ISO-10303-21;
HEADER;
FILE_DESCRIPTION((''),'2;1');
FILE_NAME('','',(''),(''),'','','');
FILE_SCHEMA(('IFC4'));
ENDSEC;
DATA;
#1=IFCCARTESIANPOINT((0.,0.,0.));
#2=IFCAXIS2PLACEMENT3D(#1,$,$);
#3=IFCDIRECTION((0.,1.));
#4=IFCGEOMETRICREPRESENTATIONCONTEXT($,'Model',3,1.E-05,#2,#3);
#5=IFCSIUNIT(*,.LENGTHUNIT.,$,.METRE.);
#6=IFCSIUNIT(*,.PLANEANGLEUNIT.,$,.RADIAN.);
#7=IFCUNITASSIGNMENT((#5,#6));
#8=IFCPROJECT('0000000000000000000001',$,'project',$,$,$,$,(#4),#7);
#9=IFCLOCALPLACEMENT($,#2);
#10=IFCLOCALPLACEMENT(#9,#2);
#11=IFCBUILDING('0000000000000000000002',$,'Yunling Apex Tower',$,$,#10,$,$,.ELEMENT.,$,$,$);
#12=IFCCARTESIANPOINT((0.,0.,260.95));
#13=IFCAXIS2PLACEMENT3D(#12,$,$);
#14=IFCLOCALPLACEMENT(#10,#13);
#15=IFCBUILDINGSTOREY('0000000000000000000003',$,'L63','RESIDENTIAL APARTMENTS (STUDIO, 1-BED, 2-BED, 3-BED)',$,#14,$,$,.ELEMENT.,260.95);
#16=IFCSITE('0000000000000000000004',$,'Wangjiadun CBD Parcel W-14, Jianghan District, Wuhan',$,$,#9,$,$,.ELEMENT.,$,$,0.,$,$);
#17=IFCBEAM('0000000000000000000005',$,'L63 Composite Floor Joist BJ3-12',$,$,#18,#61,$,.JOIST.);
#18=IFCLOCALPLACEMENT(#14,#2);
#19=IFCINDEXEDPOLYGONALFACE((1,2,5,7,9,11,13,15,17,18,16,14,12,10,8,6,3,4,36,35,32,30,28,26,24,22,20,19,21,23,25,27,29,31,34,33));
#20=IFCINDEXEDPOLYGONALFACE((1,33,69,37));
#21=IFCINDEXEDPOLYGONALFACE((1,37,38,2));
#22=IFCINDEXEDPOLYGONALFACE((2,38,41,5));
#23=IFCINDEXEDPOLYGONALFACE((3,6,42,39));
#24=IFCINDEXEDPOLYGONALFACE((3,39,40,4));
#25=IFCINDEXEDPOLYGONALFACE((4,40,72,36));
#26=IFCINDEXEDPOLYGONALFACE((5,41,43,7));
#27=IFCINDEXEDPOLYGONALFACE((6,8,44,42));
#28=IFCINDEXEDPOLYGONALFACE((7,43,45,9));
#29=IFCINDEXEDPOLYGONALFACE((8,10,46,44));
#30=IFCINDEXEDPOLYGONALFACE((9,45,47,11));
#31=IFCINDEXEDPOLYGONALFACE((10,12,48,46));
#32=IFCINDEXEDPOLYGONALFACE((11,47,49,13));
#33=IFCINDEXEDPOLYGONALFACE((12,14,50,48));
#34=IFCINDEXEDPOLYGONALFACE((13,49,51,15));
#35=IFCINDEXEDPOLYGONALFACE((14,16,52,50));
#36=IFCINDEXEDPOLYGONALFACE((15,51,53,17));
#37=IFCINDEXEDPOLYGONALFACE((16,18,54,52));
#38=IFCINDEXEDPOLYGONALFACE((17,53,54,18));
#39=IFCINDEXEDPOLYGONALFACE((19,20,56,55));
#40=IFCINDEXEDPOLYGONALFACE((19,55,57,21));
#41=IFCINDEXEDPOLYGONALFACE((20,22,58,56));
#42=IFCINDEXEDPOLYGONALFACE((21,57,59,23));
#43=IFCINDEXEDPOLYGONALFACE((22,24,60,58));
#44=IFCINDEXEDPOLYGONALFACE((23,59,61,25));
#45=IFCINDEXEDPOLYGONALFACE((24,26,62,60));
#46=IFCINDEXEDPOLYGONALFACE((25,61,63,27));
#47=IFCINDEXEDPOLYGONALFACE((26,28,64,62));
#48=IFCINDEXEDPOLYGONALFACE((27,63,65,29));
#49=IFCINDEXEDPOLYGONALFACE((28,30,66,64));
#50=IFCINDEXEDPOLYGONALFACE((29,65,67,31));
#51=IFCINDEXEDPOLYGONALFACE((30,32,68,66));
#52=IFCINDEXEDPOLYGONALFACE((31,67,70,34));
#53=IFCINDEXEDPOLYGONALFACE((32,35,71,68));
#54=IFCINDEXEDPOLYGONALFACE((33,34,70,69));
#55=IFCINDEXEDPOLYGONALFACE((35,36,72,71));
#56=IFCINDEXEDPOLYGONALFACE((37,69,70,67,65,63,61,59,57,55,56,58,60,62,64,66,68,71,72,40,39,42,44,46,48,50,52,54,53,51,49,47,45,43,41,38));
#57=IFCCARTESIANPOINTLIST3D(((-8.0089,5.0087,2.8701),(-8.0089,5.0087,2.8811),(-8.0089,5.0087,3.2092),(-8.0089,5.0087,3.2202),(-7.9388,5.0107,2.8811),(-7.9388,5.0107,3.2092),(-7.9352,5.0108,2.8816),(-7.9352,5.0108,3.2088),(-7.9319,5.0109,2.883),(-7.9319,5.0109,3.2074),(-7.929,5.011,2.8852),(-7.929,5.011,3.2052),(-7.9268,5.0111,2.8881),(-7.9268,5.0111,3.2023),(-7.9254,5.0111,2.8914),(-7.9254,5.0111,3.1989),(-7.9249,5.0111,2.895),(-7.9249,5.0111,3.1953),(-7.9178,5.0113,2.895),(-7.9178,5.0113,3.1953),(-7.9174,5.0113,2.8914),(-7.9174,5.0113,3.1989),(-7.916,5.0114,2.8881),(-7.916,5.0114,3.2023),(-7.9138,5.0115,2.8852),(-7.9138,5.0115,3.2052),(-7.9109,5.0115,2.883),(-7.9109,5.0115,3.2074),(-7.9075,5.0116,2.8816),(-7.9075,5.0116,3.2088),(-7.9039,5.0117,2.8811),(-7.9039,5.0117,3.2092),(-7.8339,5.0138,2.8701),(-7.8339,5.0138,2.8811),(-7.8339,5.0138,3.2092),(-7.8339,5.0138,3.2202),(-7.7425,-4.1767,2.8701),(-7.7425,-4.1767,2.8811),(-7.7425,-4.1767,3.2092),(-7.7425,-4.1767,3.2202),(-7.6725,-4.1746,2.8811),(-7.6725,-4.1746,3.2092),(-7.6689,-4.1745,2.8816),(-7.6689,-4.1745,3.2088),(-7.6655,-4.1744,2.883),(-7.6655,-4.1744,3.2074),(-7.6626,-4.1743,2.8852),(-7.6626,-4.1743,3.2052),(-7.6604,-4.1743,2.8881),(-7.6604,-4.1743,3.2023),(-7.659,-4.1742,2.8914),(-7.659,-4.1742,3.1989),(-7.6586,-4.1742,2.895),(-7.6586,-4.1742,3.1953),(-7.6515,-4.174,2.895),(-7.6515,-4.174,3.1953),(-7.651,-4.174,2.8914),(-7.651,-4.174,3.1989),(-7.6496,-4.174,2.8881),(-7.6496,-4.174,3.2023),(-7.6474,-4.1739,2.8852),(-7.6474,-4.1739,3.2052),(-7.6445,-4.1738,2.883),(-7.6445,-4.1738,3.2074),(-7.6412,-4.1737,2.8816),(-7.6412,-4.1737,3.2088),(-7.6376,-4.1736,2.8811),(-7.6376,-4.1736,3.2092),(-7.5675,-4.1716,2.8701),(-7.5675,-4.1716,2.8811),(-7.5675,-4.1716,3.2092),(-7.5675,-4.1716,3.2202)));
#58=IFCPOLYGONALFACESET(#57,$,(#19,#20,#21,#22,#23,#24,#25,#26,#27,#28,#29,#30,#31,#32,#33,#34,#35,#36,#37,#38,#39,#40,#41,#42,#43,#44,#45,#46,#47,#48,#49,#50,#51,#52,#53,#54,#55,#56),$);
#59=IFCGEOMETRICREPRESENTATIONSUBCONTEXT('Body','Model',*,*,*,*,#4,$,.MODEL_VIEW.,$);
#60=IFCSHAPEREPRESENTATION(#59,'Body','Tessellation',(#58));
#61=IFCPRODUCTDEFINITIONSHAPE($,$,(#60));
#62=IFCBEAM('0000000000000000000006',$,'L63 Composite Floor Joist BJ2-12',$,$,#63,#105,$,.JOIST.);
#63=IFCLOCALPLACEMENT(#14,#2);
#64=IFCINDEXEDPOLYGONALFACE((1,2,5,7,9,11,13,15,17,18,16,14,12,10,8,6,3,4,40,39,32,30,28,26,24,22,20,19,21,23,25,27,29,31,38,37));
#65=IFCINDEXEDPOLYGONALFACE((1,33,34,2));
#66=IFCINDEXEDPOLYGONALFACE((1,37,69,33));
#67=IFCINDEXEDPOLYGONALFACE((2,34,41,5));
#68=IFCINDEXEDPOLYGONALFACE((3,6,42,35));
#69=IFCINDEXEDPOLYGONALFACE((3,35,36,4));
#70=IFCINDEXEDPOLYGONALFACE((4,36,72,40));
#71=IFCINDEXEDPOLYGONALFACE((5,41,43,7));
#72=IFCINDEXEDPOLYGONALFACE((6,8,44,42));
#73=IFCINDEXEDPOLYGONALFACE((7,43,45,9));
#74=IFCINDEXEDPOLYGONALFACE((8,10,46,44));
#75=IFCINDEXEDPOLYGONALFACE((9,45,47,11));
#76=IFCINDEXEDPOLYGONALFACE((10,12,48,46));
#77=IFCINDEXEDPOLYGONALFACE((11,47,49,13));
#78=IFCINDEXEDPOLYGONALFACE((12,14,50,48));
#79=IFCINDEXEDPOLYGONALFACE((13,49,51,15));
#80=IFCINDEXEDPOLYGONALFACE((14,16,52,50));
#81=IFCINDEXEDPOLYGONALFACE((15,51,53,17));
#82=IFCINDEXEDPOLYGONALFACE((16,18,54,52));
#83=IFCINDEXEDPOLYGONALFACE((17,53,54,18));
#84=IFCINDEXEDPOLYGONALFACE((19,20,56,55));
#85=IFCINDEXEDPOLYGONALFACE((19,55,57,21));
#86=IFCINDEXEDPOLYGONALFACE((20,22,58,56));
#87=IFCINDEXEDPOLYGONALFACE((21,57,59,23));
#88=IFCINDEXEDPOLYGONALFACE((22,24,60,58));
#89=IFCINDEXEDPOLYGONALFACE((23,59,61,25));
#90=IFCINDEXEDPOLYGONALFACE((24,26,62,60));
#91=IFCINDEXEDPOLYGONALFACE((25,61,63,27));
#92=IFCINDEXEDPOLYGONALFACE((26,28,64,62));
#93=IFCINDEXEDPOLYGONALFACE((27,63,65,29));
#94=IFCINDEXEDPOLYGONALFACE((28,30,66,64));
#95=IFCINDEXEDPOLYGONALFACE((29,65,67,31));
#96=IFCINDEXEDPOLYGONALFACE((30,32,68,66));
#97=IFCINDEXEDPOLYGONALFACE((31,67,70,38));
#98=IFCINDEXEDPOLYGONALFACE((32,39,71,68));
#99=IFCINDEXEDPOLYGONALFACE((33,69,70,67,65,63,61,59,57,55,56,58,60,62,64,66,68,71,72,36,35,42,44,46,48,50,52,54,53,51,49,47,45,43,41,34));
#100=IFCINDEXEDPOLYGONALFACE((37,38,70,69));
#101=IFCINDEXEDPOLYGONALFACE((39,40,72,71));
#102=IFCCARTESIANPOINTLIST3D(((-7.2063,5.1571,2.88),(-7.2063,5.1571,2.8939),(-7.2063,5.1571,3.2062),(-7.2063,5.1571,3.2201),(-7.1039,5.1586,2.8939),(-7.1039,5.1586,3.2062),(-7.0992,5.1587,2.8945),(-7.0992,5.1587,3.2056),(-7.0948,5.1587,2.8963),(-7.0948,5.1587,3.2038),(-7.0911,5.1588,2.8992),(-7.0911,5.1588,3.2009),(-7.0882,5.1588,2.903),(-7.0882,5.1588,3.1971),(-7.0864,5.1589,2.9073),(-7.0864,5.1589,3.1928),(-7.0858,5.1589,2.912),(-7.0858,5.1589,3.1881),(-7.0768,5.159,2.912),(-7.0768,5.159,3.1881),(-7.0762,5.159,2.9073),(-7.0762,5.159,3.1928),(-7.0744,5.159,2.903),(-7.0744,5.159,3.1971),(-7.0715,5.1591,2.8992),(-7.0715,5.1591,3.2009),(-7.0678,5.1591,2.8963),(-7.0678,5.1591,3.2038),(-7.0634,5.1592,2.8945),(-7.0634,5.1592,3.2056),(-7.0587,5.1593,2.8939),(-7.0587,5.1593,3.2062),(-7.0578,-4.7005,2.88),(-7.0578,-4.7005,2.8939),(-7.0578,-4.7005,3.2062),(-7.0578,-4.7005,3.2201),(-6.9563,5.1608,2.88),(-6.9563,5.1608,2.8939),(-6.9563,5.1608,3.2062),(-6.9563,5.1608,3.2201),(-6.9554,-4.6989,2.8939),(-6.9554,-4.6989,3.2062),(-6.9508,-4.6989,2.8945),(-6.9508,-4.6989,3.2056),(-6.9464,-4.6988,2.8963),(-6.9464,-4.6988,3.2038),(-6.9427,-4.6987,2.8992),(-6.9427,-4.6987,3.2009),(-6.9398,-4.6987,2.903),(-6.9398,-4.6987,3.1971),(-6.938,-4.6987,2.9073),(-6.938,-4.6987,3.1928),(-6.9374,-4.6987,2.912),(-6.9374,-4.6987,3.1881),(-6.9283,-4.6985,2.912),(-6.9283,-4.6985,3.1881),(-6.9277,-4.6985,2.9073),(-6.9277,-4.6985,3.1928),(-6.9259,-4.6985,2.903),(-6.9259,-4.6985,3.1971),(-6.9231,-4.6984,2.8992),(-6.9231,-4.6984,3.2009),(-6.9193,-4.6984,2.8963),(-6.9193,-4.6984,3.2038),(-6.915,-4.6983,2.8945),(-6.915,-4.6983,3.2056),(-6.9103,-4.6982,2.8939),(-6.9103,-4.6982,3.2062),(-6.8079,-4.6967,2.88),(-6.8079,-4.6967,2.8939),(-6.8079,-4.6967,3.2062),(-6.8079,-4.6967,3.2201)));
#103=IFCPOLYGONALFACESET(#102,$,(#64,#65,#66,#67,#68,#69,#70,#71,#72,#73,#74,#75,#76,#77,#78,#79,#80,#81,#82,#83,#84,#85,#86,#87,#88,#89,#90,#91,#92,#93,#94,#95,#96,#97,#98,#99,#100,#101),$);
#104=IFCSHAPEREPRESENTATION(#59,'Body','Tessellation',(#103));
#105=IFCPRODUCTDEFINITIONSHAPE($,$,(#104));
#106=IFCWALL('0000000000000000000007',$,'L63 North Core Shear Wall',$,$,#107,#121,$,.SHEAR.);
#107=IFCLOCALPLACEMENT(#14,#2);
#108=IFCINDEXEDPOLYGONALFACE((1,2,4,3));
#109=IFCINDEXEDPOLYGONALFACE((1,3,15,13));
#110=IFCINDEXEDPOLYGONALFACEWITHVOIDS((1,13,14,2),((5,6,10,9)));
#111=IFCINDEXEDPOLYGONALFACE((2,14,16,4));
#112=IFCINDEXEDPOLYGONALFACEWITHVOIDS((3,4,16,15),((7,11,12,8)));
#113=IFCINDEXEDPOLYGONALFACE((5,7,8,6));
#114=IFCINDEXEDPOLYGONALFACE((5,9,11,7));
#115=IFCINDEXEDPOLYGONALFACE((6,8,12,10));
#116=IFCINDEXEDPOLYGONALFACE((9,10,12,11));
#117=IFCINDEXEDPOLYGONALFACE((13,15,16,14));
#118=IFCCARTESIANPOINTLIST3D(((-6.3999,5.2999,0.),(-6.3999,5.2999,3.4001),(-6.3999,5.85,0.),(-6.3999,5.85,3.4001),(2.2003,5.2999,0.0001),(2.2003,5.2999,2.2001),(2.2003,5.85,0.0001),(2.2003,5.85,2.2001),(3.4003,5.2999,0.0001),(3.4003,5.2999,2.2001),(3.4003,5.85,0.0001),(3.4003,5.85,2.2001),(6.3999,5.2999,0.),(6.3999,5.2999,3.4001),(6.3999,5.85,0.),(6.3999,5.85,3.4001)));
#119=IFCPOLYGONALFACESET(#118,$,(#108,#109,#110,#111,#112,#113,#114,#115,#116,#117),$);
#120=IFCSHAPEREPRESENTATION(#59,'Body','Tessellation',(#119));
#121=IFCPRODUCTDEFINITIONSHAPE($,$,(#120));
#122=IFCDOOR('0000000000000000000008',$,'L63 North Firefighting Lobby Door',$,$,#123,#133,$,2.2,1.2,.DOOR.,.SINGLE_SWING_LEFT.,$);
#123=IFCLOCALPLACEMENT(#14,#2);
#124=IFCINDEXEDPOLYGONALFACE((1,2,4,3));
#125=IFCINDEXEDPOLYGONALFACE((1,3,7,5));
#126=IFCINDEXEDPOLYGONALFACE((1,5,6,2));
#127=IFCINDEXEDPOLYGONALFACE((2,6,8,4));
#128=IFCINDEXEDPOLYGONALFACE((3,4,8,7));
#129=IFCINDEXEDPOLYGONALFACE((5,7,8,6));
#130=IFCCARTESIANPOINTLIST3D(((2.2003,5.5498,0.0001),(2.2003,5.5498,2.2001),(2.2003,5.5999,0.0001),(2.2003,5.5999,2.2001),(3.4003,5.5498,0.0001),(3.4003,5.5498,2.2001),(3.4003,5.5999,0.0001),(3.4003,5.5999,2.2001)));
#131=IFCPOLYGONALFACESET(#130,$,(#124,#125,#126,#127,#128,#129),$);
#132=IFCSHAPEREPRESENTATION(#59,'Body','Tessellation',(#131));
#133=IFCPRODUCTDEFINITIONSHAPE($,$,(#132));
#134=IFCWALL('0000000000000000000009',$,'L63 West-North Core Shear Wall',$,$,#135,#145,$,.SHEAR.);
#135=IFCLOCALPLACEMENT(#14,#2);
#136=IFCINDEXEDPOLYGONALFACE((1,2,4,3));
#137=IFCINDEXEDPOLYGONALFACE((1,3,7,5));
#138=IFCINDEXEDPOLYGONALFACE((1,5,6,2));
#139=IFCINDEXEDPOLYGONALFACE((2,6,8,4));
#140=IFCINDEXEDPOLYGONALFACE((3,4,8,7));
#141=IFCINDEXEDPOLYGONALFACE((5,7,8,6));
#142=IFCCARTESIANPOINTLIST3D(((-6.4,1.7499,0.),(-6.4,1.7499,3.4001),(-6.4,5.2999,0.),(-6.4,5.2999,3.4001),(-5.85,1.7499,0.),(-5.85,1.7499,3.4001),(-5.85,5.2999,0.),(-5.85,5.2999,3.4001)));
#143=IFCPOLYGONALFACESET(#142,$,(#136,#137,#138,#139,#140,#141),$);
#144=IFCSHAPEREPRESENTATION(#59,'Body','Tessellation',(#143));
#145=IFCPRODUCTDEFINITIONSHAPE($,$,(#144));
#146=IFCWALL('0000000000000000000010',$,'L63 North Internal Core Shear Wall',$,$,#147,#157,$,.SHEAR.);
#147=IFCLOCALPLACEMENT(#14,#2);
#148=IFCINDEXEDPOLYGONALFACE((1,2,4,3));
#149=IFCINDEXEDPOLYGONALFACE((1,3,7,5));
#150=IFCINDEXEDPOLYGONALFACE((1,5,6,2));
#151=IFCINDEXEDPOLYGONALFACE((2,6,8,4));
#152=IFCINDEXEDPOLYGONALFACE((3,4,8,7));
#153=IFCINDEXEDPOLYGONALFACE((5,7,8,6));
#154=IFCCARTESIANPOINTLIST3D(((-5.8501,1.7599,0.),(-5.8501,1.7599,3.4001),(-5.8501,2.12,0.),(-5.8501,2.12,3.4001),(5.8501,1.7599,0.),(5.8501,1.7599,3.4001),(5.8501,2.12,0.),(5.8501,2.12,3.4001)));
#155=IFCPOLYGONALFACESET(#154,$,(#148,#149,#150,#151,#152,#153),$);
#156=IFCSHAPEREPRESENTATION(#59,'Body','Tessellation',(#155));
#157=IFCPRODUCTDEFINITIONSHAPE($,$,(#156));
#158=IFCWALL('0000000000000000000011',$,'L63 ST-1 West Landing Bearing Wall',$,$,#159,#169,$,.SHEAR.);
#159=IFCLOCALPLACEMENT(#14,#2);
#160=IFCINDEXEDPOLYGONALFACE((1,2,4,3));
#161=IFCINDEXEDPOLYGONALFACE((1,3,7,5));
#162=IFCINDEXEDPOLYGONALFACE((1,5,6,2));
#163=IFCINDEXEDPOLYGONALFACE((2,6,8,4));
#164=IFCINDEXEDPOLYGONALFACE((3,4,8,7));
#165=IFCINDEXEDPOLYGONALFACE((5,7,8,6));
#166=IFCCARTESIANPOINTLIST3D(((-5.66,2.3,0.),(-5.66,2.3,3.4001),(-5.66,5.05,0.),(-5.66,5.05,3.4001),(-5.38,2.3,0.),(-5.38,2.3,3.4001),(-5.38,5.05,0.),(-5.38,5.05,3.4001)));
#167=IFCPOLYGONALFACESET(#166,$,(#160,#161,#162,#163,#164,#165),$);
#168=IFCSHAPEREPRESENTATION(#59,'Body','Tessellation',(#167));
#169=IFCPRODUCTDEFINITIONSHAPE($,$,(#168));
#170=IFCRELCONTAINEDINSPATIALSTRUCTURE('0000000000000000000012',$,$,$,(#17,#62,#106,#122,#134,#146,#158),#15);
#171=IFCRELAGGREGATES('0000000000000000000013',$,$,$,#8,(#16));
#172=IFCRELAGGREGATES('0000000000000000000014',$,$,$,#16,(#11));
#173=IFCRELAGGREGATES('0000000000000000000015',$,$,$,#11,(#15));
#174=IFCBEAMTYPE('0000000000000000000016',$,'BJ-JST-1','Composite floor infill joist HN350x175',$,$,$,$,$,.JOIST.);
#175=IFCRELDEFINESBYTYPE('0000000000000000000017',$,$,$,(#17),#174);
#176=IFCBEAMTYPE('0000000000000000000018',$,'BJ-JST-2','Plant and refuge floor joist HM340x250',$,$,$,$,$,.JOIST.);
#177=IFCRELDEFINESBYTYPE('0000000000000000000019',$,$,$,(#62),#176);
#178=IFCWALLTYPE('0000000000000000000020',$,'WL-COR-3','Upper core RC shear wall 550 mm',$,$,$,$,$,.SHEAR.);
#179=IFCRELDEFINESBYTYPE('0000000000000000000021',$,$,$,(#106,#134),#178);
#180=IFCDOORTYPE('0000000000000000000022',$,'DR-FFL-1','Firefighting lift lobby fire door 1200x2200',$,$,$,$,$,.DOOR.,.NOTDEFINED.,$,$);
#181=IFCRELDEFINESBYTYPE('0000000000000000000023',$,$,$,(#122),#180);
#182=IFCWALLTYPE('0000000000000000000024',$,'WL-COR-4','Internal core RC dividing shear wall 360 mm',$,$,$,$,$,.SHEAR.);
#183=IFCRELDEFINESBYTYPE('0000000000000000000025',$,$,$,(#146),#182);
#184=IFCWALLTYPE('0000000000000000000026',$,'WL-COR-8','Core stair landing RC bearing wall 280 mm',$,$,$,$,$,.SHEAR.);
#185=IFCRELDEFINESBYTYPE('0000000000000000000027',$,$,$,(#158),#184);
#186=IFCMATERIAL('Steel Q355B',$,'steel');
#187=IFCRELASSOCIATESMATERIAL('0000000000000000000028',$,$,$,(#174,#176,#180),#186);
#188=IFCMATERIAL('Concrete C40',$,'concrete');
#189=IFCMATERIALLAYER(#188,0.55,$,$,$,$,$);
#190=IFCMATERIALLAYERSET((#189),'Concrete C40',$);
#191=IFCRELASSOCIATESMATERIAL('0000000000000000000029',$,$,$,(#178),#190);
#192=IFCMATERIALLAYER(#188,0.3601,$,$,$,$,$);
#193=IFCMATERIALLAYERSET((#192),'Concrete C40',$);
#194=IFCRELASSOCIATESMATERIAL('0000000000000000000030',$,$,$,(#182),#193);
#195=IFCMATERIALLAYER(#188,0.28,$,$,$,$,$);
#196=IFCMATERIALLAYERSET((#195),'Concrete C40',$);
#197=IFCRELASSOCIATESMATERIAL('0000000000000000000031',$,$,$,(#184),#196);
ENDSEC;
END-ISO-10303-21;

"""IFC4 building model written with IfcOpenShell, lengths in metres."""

from ifc_helpers import new_model, si_unit, direction, frame, frame_2d, origin, origin_2d, place, context, subcontext, project, spatial, rectangle, i_section, extrude, source, transform, mapped, material, layer, layer_set, material_profile, profile_set, type_object, element, fill, save


model = new_model("IFC4")

# Units and contexts
model_context = context("Model", 3, precision=1e-05, world=origin(), true_north=direction((0.0, 1.0)))
body_context = subcontext(model_context, "Body", "Model", "MODEL_VIEW")
ifc_project = project(units=[si_unit("LENGTHUNIT", "METRE"), si_unit("PLANEANGLEUNIT", "RADIAN")], contexts=[model_context])

# Site, building, storey
site_placement = place(None, origin())
site = spatial("IfcSite", under=ifc_project, at=site_placement, Name="Wangjiadun CBD Parcel W-14, Jianghan District, Wuhan", CompositionType="ELEMENT", RefElevation=0.0)
building_placement = place(site_placement, origin())
building = spatial("IfcBuilding", under=site, at=building_placement, Name="Yunling Apex Tower", CompositionType="ELEMENT")
storey_placement = place(building_placement, frame((0.0, 0.0, 260.95)))
storey = spatial("IfcBuildingStorey", under=building, at=storey_placement, Name="L63", Description="RESIDENTIAL APARTMENTS (STUDIO, 1-BED, 2-BED, 3-BED)", CompositionType="ELEMENT", Elevation=260.95)

# Beams
ifc_material_1 = material(Name="Steel Q355B", Category="steel")
ifc_material_profile_1 = material_profile(ifc_material_1, i_section(OverallWidth=0.175, OverallDepth=0.3501, WebThickness=0.0071, FlangeThickness=0.011, FilletRadius=0.0139, at=origin_2d()))
ifc_profile_set_1 = profile_set([ifc_material_profile_1], Name="Steel Q355B")
beam_type_1 = type_object("IfcBeamType", Name="BJ-JST-1", Description="Composite floor infill joist HN350x175", PredefinedType="JOIST", material=ifc_profile_set_1)
shared_shape_1 = source(origin(), body_context, "Body", "SweptSolid", [
    extrude(i_section(OverallWidth=0.175, OverallDepth=0.3501, WebThickness=0.0071, FlangeThickness=0.011, FilletRadius=0.0139, at=origin_2d()), origin(), (0.0, 0.0, 1.0), 9.1892),
])
beam_1_placement = place(storey_placement, frame((-7.9214, 5.0112, 3.0452), z_axis=(0.028986, -0.99958, 0.0), x_axis=(0.99958, 0.028986, 0.0)))
element("IfcBeam", 1, at=beam_1_placement, inside=storey, type_object=beam_type_1, Name="L63 Composite Floor Joist BJ3-12", PredefinedType="JOIST", context=body_context, shape_type="MappedRepresentation", body=[
    mapped(shared_shape_1, transform((0.0, 0.0, 0.0), scale=1.0)),
])
ifc_material_profile_2 = material_profile(ifc_material_1, i_section(OverallWidth=0.25, OverallDepth=0.3401, WebThickness=0.009, FlangeThickness=0.0139, FilletRadius=0.0181, at=origin_2d()))
ifc_profile_set_2 = profile_set([ifc_material_profile_2], Name="Steel Q355B")
beam_type_2 = type_object("IfcBeamType", Name="BJ-JST-2", Description="Plant and refuge floor joist HM340x250", PredefinedType="JOIST", material=ifc_profile_set_2)
shared_shape_2 = source(origin(), body_context, "Body", "SweptSolid", [
    extrude(i_section(OverallWidth=0.25, OverallDepth=0.3401, WebThickness=0.009, FlangeThickness=0.0139, FilletRadius=0.0181, at=origin_2d()), origin(), (0.0, 0.0, 1.0), 9.8586),
])
beam_2_placement = place(storey_placement, frame((-7.0813, 5.1589, 3.05), z_axis=(0.015057, -0.999887, 0.0), x_axis=(0.999887, 0.015057, 0.0)))
element("IfcBeam", 2, at=beam_2_placement, inside=storey, type_object=beam_type_2, Name="L63 Composite Floor Joist BJ2-12", PredefinedType="JOIST", context=body_context, shape_type="MappedRepresentation", body=[
    mapped(shared_shape_2, transform((0.0, 0.0, 0.0), scale=1.0)),
])

# Wall, opening, door
ifc_material_2 = material(Name="Concrete C40", Category="concrete")
ifc_layer_1 = layer(ifc_material_2, 0.55)
ifc_layer_set_1 = layer_set([ifc_layer_1], Name="Concrete C40")
wall_type_1 = type_object("IfcWallType", Name="WL-COR-3", Description="Upper core RC shear wall 550 mm", PredefinedType="SHEAR", material=ifc_layer_set_1)
wall_1_placement = place(storey_placement, frame((-6.3999, 5.575, 0.0), z_axis=(0.0, 0.0, 1.0), x_axis=(1.0, 0.0, 0.0)))
wall_1 = element("IfcWall", 3, at=wall_1_placement, inside=storey, type_object=wall_type_1, Name="L63 North Core Shear Wall", PredefinedType="SHEAR", context=body_context, shape_type="SweptSolid", body=[
    extrude(rectangle(XDim=12.7998, YDim=0.55, at=frame_2d((6.3999, 0.0))), origin(), (0.0, 0.0, 1.0), 3.4001),
])
opening_1_placement = place(wall_1_placement, frame((8.6001, 0.0, 0.0)))
opening_1 = element("IfcOpeningElement", 4, at=opening_1_placement, cuts=wall_1, PredefinedType="OPENING", context=body_context, shape_type="SweptSolid", body=[
    extrude(rectangle(XDim=1.2, YDim=2.2, at=frame_2d((0.6001, 1.1001))), frame((0.0, 0.2852, 0.0), z_axis=(0.0, -1.0, 0.0), x_axis=(1.0, 0.0, 0.0)), (0.0, 0.0, 1.0), 0.5701),
])
door_type_1 = type_object("IfcDoorType", Name="DR-FFL-1", Description="Firefighting lift lobby fire door 1200x2200", OperationType="NOTDEFINED", PredefinedType="DOOR", material=ifc_material_1)
door_1_placement = place(opening_1_placement, origin())
door_1 = element("IfcDoor", 5, at=door_1_placement, inside=storey, type_object=door_type_1, Name="L63 North Firefighting Lobby Door", OperationType="SINGLE_SWING_LEFT", OverallHeight=2.2, OverallWidth=1.2, PredefinedType="DOOR", context=body_context, shape_type="SweptSolid", body=[
    extrude(rectangle(XDim=1.2, YDim=2.2, at=frame_2d((0.6001, 1.1001))), frame((0.0, 0.0249, 0.0), z_axis=(0.0, -1.0, 0.0), x_axis=(1.0, 0.0, 0.0)), (0.0, 0.0, 1.0), 0.05),
])
fill(opening_1, door_1)

# Walls
wall_2_placement = place(storey_placement, frame((-6.125, 1.75, 0.0), z_axis=(0.0, 0.0, 1.0), x_axis=(0.0, 1.0, 0.0)))
element("IfcWall", 6, at=wall_2_placement, inside=storey, type_object=wall_type_1, Name="L63 West-North Core Shear Wall", PredefinedType="SHEAR", context=body_context, shape_type="SweptSolid", body=[
    extrude(rectangle(XDim=3.55, YDim=0.55, at=frame_2d((1.7749, 0.0))), origin(), (0.0, 0.0, 1.0), 3.4001),
])
ifc_layer_2 = layer(ifc_material_2, 0.3601)
ifc_layer_set_2 = layer_set([ifc_layer_2], Name="Concrete C40")
wall_type_2 = type_object("IfcWallType", Name="WL-COR-4", Description="Internal core RC dividing shear wall 360 mm", PredefinedType="SHEAR", material=ifc_layer_set_2)
wall_3_placement = place(storey_placement, frame((-5.8501, 1.9399, 0.0), z_axis=(0.0, 0.0, 1.0), x_axis=(1.0, 0.0, 0.0)))
element("IfcWall", 7, at=wall_3_placement, inside=storey, type_object=wall_type_2, Name="L63 North Internal Core Shear Wall", PredefinedType="SHEAR", context=body_context, shape_type="SweptSolid", body=[
    extrude(rectangle(XDim=11.7002, YDim=0.3601, at=frame_2d((5.8501, 0.0))), origin(), (0.0, 0.0, 1.0), 3.4001),
])
ifc_layer_3 = layer(ifc_material_2, 0.28)
ifc_layer_set_3 = layer_set([ifc_layer_3], Name="Concrete C40")
wall_type_3 = type_object("IfcWallType", Name="WL-COR-8", Description="Core stair landing RC bearing wall 280 mm", PredefinedType="SHEAR", material=ifc_layer_set_3)
wall_4_placement = place(storey_placement, frame((-5.52, 2.3, 0.0), z_axis=(0.0, 0.0, 1.0), x_axis=(0.0, 1.0, 0.0)))
element("IfcWall", 8, at=wall_4_placement, inside=storey, type_object=wall_type_3, Name="L63 ST-1 West Landing Bearing Wall", PredefinedType="SHEAR", context=body_context, shape_type="SweptSolid", body=[
    extrude(rectangle(XDim=2.75, YDim=0.28, at=frame_2d((1.375, 0.0))), origin(), (0.0, 0.0, 1.0), 3.4001),
])

save(model, "model.ifc")
